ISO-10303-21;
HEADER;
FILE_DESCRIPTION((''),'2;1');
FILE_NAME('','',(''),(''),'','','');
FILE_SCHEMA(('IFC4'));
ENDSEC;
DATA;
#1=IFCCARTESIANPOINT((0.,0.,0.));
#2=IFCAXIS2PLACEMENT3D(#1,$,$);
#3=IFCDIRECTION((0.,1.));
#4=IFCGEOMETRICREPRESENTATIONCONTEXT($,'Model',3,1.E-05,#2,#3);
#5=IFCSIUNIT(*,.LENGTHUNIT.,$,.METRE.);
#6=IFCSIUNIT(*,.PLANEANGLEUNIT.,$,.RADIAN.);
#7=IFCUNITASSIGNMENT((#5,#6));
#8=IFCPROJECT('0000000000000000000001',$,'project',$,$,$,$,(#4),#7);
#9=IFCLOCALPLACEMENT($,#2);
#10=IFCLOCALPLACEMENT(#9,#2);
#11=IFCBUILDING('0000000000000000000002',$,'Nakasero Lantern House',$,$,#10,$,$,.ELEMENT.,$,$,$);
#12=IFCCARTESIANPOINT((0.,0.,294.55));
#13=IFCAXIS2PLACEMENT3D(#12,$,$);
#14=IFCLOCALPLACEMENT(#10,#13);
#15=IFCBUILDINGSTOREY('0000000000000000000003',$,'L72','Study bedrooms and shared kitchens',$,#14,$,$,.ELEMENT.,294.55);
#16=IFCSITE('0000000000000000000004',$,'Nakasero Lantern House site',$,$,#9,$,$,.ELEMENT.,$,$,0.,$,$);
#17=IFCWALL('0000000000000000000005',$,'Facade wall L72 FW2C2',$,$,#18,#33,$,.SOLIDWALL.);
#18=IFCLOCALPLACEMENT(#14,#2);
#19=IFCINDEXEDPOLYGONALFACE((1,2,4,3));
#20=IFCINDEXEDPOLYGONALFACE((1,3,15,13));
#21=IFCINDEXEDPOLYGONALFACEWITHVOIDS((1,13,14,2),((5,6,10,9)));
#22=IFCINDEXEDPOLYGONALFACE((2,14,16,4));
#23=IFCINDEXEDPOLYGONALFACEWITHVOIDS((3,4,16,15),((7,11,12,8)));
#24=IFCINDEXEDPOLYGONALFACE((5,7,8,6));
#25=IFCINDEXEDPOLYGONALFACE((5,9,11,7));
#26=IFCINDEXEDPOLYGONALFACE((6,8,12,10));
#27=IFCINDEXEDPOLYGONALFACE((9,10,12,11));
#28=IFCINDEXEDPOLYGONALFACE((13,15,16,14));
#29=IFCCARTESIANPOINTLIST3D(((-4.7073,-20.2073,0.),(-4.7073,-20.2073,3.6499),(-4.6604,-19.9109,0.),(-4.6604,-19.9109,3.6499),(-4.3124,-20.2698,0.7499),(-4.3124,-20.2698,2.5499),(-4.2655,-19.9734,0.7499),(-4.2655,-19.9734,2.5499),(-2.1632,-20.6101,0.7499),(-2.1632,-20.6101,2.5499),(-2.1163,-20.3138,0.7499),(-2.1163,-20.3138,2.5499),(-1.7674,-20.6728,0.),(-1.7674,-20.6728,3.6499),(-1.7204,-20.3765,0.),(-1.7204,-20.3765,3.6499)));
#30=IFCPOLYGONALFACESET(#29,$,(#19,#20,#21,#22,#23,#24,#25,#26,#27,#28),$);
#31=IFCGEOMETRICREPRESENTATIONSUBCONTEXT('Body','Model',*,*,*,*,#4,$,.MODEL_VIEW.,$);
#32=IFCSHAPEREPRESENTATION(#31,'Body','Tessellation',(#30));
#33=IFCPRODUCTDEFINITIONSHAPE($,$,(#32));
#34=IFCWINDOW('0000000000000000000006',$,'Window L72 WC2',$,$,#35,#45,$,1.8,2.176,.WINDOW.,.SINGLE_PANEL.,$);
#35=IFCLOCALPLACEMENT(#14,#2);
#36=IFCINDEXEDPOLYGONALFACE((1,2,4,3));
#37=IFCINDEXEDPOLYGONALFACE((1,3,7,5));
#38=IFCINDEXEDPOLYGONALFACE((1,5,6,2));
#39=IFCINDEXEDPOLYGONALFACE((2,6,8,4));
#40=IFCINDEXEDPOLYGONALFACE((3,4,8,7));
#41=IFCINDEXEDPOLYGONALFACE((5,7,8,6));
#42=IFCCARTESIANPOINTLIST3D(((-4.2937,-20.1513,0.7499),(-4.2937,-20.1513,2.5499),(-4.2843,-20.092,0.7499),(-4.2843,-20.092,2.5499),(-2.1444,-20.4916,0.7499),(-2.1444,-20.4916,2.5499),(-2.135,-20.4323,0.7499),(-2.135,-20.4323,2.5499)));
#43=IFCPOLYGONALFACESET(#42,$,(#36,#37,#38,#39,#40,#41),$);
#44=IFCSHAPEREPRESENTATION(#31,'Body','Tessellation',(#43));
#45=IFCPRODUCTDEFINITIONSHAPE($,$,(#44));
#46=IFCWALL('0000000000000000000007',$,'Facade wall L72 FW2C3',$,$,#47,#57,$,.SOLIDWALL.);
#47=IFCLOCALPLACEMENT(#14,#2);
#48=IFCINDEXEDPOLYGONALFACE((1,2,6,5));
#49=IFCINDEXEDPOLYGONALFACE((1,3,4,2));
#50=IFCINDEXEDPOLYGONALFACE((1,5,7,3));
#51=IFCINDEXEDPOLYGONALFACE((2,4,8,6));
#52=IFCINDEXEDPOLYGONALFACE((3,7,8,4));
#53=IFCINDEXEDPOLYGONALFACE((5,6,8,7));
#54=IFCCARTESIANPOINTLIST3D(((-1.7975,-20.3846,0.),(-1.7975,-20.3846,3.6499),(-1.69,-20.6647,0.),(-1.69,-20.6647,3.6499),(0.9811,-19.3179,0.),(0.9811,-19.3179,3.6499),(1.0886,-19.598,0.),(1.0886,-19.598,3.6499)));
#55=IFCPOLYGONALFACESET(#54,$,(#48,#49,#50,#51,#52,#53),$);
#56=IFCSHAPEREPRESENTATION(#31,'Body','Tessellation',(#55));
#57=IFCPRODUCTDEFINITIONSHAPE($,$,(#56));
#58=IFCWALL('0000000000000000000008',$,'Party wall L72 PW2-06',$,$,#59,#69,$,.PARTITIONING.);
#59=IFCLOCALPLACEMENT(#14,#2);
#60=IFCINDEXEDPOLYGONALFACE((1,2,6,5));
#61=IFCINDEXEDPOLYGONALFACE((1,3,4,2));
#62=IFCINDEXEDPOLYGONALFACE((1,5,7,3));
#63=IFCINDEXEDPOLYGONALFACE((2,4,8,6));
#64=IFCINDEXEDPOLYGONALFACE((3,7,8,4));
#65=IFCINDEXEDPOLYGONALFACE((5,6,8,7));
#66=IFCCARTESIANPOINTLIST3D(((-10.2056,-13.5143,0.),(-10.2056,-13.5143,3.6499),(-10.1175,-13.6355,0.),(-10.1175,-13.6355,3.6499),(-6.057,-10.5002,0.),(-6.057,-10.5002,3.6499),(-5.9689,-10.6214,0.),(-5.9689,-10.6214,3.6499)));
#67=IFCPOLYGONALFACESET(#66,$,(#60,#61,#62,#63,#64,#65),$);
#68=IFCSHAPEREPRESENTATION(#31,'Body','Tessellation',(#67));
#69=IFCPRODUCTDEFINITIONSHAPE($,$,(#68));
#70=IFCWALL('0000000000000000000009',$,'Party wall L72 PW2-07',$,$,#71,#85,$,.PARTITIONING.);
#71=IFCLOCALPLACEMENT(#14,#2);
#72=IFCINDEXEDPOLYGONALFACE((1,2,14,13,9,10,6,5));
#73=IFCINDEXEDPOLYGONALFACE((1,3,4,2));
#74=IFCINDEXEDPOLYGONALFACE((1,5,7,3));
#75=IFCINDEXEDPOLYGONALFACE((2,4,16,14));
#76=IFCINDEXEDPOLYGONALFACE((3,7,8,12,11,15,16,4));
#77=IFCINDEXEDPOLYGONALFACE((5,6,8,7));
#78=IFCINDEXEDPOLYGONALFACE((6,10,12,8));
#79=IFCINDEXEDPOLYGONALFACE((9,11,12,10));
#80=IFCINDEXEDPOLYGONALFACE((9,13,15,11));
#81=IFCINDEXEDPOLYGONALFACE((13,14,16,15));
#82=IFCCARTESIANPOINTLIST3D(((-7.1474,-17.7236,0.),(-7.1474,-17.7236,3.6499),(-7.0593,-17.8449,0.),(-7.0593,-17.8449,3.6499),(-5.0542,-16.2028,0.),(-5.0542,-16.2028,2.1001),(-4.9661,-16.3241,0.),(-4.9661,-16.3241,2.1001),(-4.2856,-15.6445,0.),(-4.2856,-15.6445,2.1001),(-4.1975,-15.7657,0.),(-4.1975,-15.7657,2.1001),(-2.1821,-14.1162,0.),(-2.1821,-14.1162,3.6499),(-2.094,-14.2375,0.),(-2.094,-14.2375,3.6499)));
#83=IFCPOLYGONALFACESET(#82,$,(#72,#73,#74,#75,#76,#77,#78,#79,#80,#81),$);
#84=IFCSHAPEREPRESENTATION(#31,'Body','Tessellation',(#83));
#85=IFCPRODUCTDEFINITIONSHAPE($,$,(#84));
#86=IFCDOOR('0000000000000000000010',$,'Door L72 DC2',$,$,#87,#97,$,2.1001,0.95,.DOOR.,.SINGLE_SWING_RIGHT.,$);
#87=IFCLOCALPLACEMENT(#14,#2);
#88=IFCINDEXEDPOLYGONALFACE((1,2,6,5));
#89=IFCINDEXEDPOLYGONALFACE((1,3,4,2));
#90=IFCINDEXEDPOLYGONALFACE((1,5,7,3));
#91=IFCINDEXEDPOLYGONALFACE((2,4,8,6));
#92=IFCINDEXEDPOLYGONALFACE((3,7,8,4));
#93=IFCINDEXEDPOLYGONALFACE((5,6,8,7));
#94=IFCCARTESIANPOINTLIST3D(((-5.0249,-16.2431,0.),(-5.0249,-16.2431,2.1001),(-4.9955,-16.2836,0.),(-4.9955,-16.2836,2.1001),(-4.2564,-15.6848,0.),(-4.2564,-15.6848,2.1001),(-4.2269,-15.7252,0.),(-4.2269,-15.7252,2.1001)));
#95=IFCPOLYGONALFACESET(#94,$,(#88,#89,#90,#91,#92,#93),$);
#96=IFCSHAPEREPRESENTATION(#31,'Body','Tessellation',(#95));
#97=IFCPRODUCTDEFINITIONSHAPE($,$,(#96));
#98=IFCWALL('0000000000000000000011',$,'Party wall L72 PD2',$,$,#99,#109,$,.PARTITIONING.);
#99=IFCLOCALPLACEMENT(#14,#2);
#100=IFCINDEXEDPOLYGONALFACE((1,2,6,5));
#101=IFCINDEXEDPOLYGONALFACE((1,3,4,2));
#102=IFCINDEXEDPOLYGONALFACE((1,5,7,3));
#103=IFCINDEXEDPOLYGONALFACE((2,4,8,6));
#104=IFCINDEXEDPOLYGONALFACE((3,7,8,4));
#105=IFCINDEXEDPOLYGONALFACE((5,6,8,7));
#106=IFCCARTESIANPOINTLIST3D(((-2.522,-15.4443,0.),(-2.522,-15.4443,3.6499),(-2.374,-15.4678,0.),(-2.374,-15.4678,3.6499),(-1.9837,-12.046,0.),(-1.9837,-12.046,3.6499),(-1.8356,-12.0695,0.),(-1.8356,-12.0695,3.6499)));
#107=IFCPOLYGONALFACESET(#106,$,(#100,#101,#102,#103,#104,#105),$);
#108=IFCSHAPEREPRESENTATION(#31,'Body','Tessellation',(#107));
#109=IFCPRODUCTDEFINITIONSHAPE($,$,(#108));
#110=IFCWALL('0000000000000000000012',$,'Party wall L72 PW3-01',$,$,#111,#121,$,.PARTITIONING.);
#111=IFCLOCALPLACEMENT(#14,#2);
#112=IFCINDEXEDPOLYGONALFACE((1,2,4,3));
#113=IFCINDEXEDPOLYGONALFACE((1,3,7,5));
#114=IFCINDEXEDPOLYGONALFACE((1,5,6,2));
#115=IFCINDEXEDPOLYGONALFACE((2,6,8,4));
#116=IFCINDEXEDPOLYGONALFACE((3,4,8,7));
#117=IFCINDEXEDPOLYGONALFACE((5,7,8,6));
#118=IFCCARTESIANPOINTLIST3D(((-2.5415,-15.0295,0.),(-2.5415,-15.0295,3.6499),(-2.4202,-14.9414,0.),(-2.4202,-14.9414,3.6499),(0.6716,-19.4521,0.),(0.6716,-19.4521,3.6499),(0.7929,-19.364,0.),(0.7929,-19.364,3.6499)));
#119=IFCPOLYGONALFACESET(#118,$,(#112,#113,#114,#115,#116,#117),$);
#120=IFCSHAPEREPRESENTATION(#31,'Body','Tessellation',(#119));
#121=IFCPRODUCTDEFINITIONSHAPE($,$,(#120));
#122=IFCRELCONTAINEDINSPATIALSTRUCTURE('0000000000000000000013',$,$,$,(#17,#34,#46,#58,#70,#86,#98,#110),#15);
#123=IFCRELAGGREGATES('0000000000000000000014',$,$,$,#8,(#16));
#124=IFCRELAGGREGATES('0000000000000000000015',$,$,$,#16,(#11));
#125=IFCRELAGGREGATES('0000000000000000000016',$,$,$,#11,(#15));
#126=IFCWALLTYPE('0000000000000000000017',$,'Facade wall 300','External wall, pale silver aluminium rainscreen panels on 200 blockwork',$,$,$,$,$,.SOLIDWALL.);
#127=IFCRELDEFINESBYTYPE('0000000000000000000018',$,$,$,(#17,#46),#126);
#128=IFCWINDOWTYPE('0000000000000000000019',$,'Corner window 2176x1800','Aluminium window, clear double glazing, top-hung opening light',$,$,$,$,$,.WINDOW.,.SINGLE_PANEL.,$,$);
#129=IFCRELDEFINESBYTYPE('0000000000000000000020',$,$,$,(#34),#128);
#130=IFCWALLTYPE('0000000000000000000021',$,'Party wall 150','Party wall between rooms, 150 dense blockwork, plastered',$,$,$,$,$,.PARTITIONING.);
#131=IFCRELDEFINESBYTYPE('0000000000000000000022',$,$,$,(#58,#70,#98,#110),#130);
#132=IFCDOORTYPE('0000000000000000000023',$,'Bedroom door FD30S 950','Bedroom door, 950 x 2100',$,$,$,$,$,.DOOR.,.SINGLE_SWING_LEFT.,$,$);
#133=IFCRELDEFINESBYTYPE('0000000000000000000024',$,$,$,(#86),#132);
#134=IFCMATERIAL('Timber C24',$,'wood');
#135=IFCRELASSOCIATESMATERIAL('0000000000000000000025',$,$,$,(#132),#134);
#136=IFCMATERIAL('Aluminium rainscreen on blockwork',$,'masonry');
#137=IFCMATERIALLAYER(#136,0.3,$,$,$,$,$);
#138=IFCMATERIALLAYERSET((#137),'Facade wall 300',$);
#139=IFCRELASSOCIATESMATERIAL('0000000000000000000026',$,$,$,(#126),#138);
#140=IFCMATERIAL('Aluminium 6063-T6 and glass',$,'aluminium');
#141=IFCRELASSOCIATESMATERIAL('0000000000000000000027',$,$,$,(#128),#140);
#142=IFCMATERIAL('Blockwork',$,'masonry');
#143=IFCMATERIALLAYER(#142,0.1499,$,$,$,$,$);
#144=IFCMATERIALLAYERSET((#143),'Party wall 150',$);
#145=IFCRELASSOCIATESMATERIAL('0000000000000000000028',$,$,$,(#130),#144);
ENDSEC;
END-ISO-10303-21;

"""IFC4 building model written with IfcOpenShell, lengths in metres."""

from ifc_helpers import new_model, si_unit, direction, frame, frame_2d, origin, place, context, subcontext, project, spatial, rectangle, extrude, material, layer, layer_set, type_object, element, fill, save


model = new_model("IFC4")

# Units and contexts
model_context = context("Model", 3, precision=1e-05, world=origin(), true_north=direction((0.0, 1.0)))
body_context = subcontext(model_context, "Body", "Model", "MODEL_VIEW")
ifc_project = project(units=[si_unit("LENGTHUNIT", "METRE"), si_unit("PLANEANGLEUNIT", "RADIAN")], contexts=[model_context])

# Site, building, storey
site_placement = place(None, origin())
site = spatial("IfcSite", under=ifc_project, at=site_placement, Name="Nakasero Lantern House site", CompositionType="ELEMENT", RefElevation=0.0)
building_placement = place(site_placement, origin())
building = spatial("IfcBuilding", under=site, at=building_placement, Name="Nakasero Lantern House", CompositionType="ELEMENT")
storey_placement = place(building_placement, frame((0.0, 0.0, 294.55)))
storey = spatial("IfcBuildingStorey", under=building, at=storey_placement, Name="L72", Description="Study bedrooms and shared kitchens", CompositionType="ELEMENT", Elevation=294.55)

# Shared definitions
ifc_material_1 = material(Name="Timber C24", Category="wood")
door_type_1 = type_object("IfcDoorType", Name="Bedroom door FD30S 950", Description="Bedroom door, 950 x 2100", OperationType="SINGLE_SWING_LEFT", PredefinedType="DOOR", material=ifc_material_1)

# Wall, opening, window
ifc_material_2 = material(Name="Aluminium rainscreen on blockwork", Category="masonry")
ifc_layer_1 = layer(ifc_material_2, 0.3)
ifc_layer_set_1 = layer_set([ifc_layer_1], Name="Facade wall 300")
wall_type_1 = type_object("IfcWallType", Name="Facade wall 300", Description="External wall, pale silver aluminium rainscreen panels on 200 blockwork", PredefinedType="SOLIDWALL", material=ifc_layer_set_1)
wall_1_placement = place(storey_placement, frame((-4.6838, -20.0591, 0.0), z_axis=(0.0, 0.0, 1.0), x_axis=(0.987692, -0.156413, 0.0)))
wall_1 = element("IfcWall", 1, at=wall_1_placement, inside=storey, type_object=wall_type_1, Name="Facade wall L72 FW2C2", PredefinedType="SOLIDWALL", context=body_context, shape_type="SweptSolid", body=[
    extrude(rectangle(XDim=2.9766, YDim=0.3, at=frame_2d((1.4883, 0.0))), origin(), (0.0, 0.0, 1.0), 3.6499),
])
opening_1_placement = place(wall_1_placement, frame((0.3999, 0.0, 0.75)))
opening_1 = element("IfcOpeningElement", 2, at=opening_1_placement, cuts=wall_1, PredefinedType="OPENING", context=body_context, shape_type="SweptSolid", body=[
    extrude(rectangle(XDim=2.176, YDim=1.8, at=frame_2d((1.0879, 0.8999))), frame((0.0, 0.1699, 0.0), z_axis=(0.0, -1.0, 0.0), x_axis=(1.0, 0.0, 0.0)), (0.0, 0.0, 1.0), 0.3401),
])
ifc_material_3 = material(Name="Aluminium 6063-T6 and glass", Category="aluminium")
window_type = type_object("IfcWindowType", Name="Corner window 2176x1800", Description="Aluminium window, clear double glazing, top-hung opening light", PartitioningType="SINGLE_PANEL", PredefinedType="WINDOW", material=ifc_material_3)
window_placement = place(opening_1_placement, origin())
window = element("IfcWindow", 3, at=window_placement, inside=storey, type_object=window_type, Name="Window L72 WC2", OverallHeight=1.8, OverallWidth=2.176, PartitioningType="SINGLE_PANEL", PredefinedType="WINDOW", context=body_context, shape_type="SweptSolid", body=[
    extrude(rectangle(XDim=2.176, YDim=1.8, at=frame_2d((1.0879, 0.8999))), frame((0.0, 0.03, 0.0), z_axis=(0.0, -1.0, 0.0), x_axis=(1.0, 0.0, 0.0)), (0.0, 0.0, 1.0), 0.0601),
])
fill(opening_1, window)

# Walls
wall_2_placement = place(storey_placement, frame((-1.7439, -20.5247, 0.0), z_axis=(0.0, 0.0, 1.0), x_axis=(0.933574, 0.358385, 0.0)))
element("IfcWall", 4, at=wall_2_placement, inside=storey, type_object=wall_type_1, Name="Facade wall L72 FW2C3", PredefinedType="SOLIDWALL", context=body_context, shape_type="SweptSolid", body=[
    extrude(rectangle(XDim=2.9763, YDim=0.3, at=frame_2d((1.4883, 0.0))), origin(), (0.0, 0.0, 1.0), 3.6499),
])
ifc_material_4 = material(Name="Blockwork", Category="masonry")
ifc_layer_2 = layer(ifc_material_4, 0.1499)
ifc_layer_set_2 = layer_set([ifc_layer_2], Name="Party wall 150")
wall_type_2 = type_object("IfcWallType", Name="Party wall 150", Description="Party wall between rooms, 150 dense blockwork, plastered", PredefinedType="PARTITIONING", material=ifc_layer_set_2)
wall_3_placement = place(storey_placement, frame((-6.0129, -10.5608, 0.0), z_axis=(0.0, 0.0, 1.0), x_axis=(-0.80902, -0.587781, 0.0)))
element("IfcWall", 5, at=wall_3_placement, inside=storey, type_object=wall_type_2, Name="Party wall L72 PW2-06", PredefinedType="PARTITIONING", context=body_context, shape_type="SweptSolid", body=[
    extrude(rectangle(XDim=5.1279, YDim=0.1499, at=frame_2d((2.564, 0.0))), origin(), (0.0, 0.0, 1.0), 3.6499),
])

# Wall, opening, door
wall_4_placement = place(storey_placement, frame((-2.1379, -14.1768, 0.0), z_axis=(0.0, 0.0, 1.0), x_axis=(-0.809025, -0.587774, 0.0)))
wall_4 = element("IfcWall", 6, at=wall_4_placement, inside=storey, type_object=wall_type_2, Name="Party wall L72 PW2-07", PredefinedType="PARTITIONING", context=body_context, shape_type="SweptSolid", body=[
    extrude(rectangle(XDim=6.1375, YDim=0.1499, at=frame_2d((3.0688, 0.0))), origin(), (0.0, 0.0, 1.0), 3.6499),
])
opening_2_placement = place(wall_4_placement, frame((2.6001, 0.0, 0.0)))
opening_2 = element("IfcOpeningElement", 7, at=opening_2_placement, cuts=wall_4, PredefinedType="OPENING", context=body_context, shape_type="SweptSolid", body=[
    extrude(rectangle(XDim=0.95, YDim=2.1001, at=frame_2d((0.4751, 1.05))), frame((0.0, 0.095, 0.0), z_axis=(0.0, -1.0, 0.0), x_axis=(1.0, 0.0, 0.0)), (0.0, 0.0, 1.0), 0.1899),
])
door_1_placement = place(opening_2_placement, origin())
door_1 = element("IfcDoor", 8, at=door_1_placement, inside=storey, type_object=door_type_1, Name="Door L72 DC2", OperationType="SINGLE_SWING_RIGHT", OverallHeight=2.1001, OverallWidth=0.95, PredefinedType="DOOR", context=body_context, shape_type="SweptSolid", body=[
    extrude(rectangle(XDim=0.95, YDim=2.1001, at=frame_2d((0.4751, 1.05))), frame((0.0, 0.0249, 0.0), z_axis=(0.0, -1.0, 0.0), x_axis=(1.0, 0.0, 0.0)), (0.0, 0.0, 1.0), 0.05),
])
fill(opening_2, door_1)

# Walls
wall_5_placement = place(storey_placement, frame((-1.9097, -12.0579, 0.0), z_axis=(0.0, 0.0, 1.0), x_axis=(-0.156465, -0.987683, 0.0)))
element("IfcWall", 9, at=wall_5_placement, inside=storey, type_object=wall_type_2, Name="Party wall L72 PD2", PredefinedType="PARTITIONING", context=body_context, shape_type="SweptSolid", body=[
    extrude(rectangle(XDim=3.4407, YDim=0.1499, at=frame_2d((1.7202, 0.0))), origin(), (0.0, 0.0, 1.0), 3.6499),
])
wall_6_placement = place(storey_placement, frame((-2.481, -14.9854, 0.0), z_axis=(0.0, 0.0, 1.0), x_axis=(0.587776, -0.809024, 0.0)))
element("IfcWall", 10, at=wall_6_placement, inside=storey, type_object=wall_type_2, Name="Party wall L72 PW3-01", PredefinedType="PARTITIONING", context=body_context, shape_type="SweptSolid", body=[
    extrude(rectangle(XDim=5.4666, YDim=0.1499, at=frame_2d((2.7334, 0.0))), origin(), (0.0, 0.0, 1.0), 3.6499),
])

save(model, "model.ifc")
